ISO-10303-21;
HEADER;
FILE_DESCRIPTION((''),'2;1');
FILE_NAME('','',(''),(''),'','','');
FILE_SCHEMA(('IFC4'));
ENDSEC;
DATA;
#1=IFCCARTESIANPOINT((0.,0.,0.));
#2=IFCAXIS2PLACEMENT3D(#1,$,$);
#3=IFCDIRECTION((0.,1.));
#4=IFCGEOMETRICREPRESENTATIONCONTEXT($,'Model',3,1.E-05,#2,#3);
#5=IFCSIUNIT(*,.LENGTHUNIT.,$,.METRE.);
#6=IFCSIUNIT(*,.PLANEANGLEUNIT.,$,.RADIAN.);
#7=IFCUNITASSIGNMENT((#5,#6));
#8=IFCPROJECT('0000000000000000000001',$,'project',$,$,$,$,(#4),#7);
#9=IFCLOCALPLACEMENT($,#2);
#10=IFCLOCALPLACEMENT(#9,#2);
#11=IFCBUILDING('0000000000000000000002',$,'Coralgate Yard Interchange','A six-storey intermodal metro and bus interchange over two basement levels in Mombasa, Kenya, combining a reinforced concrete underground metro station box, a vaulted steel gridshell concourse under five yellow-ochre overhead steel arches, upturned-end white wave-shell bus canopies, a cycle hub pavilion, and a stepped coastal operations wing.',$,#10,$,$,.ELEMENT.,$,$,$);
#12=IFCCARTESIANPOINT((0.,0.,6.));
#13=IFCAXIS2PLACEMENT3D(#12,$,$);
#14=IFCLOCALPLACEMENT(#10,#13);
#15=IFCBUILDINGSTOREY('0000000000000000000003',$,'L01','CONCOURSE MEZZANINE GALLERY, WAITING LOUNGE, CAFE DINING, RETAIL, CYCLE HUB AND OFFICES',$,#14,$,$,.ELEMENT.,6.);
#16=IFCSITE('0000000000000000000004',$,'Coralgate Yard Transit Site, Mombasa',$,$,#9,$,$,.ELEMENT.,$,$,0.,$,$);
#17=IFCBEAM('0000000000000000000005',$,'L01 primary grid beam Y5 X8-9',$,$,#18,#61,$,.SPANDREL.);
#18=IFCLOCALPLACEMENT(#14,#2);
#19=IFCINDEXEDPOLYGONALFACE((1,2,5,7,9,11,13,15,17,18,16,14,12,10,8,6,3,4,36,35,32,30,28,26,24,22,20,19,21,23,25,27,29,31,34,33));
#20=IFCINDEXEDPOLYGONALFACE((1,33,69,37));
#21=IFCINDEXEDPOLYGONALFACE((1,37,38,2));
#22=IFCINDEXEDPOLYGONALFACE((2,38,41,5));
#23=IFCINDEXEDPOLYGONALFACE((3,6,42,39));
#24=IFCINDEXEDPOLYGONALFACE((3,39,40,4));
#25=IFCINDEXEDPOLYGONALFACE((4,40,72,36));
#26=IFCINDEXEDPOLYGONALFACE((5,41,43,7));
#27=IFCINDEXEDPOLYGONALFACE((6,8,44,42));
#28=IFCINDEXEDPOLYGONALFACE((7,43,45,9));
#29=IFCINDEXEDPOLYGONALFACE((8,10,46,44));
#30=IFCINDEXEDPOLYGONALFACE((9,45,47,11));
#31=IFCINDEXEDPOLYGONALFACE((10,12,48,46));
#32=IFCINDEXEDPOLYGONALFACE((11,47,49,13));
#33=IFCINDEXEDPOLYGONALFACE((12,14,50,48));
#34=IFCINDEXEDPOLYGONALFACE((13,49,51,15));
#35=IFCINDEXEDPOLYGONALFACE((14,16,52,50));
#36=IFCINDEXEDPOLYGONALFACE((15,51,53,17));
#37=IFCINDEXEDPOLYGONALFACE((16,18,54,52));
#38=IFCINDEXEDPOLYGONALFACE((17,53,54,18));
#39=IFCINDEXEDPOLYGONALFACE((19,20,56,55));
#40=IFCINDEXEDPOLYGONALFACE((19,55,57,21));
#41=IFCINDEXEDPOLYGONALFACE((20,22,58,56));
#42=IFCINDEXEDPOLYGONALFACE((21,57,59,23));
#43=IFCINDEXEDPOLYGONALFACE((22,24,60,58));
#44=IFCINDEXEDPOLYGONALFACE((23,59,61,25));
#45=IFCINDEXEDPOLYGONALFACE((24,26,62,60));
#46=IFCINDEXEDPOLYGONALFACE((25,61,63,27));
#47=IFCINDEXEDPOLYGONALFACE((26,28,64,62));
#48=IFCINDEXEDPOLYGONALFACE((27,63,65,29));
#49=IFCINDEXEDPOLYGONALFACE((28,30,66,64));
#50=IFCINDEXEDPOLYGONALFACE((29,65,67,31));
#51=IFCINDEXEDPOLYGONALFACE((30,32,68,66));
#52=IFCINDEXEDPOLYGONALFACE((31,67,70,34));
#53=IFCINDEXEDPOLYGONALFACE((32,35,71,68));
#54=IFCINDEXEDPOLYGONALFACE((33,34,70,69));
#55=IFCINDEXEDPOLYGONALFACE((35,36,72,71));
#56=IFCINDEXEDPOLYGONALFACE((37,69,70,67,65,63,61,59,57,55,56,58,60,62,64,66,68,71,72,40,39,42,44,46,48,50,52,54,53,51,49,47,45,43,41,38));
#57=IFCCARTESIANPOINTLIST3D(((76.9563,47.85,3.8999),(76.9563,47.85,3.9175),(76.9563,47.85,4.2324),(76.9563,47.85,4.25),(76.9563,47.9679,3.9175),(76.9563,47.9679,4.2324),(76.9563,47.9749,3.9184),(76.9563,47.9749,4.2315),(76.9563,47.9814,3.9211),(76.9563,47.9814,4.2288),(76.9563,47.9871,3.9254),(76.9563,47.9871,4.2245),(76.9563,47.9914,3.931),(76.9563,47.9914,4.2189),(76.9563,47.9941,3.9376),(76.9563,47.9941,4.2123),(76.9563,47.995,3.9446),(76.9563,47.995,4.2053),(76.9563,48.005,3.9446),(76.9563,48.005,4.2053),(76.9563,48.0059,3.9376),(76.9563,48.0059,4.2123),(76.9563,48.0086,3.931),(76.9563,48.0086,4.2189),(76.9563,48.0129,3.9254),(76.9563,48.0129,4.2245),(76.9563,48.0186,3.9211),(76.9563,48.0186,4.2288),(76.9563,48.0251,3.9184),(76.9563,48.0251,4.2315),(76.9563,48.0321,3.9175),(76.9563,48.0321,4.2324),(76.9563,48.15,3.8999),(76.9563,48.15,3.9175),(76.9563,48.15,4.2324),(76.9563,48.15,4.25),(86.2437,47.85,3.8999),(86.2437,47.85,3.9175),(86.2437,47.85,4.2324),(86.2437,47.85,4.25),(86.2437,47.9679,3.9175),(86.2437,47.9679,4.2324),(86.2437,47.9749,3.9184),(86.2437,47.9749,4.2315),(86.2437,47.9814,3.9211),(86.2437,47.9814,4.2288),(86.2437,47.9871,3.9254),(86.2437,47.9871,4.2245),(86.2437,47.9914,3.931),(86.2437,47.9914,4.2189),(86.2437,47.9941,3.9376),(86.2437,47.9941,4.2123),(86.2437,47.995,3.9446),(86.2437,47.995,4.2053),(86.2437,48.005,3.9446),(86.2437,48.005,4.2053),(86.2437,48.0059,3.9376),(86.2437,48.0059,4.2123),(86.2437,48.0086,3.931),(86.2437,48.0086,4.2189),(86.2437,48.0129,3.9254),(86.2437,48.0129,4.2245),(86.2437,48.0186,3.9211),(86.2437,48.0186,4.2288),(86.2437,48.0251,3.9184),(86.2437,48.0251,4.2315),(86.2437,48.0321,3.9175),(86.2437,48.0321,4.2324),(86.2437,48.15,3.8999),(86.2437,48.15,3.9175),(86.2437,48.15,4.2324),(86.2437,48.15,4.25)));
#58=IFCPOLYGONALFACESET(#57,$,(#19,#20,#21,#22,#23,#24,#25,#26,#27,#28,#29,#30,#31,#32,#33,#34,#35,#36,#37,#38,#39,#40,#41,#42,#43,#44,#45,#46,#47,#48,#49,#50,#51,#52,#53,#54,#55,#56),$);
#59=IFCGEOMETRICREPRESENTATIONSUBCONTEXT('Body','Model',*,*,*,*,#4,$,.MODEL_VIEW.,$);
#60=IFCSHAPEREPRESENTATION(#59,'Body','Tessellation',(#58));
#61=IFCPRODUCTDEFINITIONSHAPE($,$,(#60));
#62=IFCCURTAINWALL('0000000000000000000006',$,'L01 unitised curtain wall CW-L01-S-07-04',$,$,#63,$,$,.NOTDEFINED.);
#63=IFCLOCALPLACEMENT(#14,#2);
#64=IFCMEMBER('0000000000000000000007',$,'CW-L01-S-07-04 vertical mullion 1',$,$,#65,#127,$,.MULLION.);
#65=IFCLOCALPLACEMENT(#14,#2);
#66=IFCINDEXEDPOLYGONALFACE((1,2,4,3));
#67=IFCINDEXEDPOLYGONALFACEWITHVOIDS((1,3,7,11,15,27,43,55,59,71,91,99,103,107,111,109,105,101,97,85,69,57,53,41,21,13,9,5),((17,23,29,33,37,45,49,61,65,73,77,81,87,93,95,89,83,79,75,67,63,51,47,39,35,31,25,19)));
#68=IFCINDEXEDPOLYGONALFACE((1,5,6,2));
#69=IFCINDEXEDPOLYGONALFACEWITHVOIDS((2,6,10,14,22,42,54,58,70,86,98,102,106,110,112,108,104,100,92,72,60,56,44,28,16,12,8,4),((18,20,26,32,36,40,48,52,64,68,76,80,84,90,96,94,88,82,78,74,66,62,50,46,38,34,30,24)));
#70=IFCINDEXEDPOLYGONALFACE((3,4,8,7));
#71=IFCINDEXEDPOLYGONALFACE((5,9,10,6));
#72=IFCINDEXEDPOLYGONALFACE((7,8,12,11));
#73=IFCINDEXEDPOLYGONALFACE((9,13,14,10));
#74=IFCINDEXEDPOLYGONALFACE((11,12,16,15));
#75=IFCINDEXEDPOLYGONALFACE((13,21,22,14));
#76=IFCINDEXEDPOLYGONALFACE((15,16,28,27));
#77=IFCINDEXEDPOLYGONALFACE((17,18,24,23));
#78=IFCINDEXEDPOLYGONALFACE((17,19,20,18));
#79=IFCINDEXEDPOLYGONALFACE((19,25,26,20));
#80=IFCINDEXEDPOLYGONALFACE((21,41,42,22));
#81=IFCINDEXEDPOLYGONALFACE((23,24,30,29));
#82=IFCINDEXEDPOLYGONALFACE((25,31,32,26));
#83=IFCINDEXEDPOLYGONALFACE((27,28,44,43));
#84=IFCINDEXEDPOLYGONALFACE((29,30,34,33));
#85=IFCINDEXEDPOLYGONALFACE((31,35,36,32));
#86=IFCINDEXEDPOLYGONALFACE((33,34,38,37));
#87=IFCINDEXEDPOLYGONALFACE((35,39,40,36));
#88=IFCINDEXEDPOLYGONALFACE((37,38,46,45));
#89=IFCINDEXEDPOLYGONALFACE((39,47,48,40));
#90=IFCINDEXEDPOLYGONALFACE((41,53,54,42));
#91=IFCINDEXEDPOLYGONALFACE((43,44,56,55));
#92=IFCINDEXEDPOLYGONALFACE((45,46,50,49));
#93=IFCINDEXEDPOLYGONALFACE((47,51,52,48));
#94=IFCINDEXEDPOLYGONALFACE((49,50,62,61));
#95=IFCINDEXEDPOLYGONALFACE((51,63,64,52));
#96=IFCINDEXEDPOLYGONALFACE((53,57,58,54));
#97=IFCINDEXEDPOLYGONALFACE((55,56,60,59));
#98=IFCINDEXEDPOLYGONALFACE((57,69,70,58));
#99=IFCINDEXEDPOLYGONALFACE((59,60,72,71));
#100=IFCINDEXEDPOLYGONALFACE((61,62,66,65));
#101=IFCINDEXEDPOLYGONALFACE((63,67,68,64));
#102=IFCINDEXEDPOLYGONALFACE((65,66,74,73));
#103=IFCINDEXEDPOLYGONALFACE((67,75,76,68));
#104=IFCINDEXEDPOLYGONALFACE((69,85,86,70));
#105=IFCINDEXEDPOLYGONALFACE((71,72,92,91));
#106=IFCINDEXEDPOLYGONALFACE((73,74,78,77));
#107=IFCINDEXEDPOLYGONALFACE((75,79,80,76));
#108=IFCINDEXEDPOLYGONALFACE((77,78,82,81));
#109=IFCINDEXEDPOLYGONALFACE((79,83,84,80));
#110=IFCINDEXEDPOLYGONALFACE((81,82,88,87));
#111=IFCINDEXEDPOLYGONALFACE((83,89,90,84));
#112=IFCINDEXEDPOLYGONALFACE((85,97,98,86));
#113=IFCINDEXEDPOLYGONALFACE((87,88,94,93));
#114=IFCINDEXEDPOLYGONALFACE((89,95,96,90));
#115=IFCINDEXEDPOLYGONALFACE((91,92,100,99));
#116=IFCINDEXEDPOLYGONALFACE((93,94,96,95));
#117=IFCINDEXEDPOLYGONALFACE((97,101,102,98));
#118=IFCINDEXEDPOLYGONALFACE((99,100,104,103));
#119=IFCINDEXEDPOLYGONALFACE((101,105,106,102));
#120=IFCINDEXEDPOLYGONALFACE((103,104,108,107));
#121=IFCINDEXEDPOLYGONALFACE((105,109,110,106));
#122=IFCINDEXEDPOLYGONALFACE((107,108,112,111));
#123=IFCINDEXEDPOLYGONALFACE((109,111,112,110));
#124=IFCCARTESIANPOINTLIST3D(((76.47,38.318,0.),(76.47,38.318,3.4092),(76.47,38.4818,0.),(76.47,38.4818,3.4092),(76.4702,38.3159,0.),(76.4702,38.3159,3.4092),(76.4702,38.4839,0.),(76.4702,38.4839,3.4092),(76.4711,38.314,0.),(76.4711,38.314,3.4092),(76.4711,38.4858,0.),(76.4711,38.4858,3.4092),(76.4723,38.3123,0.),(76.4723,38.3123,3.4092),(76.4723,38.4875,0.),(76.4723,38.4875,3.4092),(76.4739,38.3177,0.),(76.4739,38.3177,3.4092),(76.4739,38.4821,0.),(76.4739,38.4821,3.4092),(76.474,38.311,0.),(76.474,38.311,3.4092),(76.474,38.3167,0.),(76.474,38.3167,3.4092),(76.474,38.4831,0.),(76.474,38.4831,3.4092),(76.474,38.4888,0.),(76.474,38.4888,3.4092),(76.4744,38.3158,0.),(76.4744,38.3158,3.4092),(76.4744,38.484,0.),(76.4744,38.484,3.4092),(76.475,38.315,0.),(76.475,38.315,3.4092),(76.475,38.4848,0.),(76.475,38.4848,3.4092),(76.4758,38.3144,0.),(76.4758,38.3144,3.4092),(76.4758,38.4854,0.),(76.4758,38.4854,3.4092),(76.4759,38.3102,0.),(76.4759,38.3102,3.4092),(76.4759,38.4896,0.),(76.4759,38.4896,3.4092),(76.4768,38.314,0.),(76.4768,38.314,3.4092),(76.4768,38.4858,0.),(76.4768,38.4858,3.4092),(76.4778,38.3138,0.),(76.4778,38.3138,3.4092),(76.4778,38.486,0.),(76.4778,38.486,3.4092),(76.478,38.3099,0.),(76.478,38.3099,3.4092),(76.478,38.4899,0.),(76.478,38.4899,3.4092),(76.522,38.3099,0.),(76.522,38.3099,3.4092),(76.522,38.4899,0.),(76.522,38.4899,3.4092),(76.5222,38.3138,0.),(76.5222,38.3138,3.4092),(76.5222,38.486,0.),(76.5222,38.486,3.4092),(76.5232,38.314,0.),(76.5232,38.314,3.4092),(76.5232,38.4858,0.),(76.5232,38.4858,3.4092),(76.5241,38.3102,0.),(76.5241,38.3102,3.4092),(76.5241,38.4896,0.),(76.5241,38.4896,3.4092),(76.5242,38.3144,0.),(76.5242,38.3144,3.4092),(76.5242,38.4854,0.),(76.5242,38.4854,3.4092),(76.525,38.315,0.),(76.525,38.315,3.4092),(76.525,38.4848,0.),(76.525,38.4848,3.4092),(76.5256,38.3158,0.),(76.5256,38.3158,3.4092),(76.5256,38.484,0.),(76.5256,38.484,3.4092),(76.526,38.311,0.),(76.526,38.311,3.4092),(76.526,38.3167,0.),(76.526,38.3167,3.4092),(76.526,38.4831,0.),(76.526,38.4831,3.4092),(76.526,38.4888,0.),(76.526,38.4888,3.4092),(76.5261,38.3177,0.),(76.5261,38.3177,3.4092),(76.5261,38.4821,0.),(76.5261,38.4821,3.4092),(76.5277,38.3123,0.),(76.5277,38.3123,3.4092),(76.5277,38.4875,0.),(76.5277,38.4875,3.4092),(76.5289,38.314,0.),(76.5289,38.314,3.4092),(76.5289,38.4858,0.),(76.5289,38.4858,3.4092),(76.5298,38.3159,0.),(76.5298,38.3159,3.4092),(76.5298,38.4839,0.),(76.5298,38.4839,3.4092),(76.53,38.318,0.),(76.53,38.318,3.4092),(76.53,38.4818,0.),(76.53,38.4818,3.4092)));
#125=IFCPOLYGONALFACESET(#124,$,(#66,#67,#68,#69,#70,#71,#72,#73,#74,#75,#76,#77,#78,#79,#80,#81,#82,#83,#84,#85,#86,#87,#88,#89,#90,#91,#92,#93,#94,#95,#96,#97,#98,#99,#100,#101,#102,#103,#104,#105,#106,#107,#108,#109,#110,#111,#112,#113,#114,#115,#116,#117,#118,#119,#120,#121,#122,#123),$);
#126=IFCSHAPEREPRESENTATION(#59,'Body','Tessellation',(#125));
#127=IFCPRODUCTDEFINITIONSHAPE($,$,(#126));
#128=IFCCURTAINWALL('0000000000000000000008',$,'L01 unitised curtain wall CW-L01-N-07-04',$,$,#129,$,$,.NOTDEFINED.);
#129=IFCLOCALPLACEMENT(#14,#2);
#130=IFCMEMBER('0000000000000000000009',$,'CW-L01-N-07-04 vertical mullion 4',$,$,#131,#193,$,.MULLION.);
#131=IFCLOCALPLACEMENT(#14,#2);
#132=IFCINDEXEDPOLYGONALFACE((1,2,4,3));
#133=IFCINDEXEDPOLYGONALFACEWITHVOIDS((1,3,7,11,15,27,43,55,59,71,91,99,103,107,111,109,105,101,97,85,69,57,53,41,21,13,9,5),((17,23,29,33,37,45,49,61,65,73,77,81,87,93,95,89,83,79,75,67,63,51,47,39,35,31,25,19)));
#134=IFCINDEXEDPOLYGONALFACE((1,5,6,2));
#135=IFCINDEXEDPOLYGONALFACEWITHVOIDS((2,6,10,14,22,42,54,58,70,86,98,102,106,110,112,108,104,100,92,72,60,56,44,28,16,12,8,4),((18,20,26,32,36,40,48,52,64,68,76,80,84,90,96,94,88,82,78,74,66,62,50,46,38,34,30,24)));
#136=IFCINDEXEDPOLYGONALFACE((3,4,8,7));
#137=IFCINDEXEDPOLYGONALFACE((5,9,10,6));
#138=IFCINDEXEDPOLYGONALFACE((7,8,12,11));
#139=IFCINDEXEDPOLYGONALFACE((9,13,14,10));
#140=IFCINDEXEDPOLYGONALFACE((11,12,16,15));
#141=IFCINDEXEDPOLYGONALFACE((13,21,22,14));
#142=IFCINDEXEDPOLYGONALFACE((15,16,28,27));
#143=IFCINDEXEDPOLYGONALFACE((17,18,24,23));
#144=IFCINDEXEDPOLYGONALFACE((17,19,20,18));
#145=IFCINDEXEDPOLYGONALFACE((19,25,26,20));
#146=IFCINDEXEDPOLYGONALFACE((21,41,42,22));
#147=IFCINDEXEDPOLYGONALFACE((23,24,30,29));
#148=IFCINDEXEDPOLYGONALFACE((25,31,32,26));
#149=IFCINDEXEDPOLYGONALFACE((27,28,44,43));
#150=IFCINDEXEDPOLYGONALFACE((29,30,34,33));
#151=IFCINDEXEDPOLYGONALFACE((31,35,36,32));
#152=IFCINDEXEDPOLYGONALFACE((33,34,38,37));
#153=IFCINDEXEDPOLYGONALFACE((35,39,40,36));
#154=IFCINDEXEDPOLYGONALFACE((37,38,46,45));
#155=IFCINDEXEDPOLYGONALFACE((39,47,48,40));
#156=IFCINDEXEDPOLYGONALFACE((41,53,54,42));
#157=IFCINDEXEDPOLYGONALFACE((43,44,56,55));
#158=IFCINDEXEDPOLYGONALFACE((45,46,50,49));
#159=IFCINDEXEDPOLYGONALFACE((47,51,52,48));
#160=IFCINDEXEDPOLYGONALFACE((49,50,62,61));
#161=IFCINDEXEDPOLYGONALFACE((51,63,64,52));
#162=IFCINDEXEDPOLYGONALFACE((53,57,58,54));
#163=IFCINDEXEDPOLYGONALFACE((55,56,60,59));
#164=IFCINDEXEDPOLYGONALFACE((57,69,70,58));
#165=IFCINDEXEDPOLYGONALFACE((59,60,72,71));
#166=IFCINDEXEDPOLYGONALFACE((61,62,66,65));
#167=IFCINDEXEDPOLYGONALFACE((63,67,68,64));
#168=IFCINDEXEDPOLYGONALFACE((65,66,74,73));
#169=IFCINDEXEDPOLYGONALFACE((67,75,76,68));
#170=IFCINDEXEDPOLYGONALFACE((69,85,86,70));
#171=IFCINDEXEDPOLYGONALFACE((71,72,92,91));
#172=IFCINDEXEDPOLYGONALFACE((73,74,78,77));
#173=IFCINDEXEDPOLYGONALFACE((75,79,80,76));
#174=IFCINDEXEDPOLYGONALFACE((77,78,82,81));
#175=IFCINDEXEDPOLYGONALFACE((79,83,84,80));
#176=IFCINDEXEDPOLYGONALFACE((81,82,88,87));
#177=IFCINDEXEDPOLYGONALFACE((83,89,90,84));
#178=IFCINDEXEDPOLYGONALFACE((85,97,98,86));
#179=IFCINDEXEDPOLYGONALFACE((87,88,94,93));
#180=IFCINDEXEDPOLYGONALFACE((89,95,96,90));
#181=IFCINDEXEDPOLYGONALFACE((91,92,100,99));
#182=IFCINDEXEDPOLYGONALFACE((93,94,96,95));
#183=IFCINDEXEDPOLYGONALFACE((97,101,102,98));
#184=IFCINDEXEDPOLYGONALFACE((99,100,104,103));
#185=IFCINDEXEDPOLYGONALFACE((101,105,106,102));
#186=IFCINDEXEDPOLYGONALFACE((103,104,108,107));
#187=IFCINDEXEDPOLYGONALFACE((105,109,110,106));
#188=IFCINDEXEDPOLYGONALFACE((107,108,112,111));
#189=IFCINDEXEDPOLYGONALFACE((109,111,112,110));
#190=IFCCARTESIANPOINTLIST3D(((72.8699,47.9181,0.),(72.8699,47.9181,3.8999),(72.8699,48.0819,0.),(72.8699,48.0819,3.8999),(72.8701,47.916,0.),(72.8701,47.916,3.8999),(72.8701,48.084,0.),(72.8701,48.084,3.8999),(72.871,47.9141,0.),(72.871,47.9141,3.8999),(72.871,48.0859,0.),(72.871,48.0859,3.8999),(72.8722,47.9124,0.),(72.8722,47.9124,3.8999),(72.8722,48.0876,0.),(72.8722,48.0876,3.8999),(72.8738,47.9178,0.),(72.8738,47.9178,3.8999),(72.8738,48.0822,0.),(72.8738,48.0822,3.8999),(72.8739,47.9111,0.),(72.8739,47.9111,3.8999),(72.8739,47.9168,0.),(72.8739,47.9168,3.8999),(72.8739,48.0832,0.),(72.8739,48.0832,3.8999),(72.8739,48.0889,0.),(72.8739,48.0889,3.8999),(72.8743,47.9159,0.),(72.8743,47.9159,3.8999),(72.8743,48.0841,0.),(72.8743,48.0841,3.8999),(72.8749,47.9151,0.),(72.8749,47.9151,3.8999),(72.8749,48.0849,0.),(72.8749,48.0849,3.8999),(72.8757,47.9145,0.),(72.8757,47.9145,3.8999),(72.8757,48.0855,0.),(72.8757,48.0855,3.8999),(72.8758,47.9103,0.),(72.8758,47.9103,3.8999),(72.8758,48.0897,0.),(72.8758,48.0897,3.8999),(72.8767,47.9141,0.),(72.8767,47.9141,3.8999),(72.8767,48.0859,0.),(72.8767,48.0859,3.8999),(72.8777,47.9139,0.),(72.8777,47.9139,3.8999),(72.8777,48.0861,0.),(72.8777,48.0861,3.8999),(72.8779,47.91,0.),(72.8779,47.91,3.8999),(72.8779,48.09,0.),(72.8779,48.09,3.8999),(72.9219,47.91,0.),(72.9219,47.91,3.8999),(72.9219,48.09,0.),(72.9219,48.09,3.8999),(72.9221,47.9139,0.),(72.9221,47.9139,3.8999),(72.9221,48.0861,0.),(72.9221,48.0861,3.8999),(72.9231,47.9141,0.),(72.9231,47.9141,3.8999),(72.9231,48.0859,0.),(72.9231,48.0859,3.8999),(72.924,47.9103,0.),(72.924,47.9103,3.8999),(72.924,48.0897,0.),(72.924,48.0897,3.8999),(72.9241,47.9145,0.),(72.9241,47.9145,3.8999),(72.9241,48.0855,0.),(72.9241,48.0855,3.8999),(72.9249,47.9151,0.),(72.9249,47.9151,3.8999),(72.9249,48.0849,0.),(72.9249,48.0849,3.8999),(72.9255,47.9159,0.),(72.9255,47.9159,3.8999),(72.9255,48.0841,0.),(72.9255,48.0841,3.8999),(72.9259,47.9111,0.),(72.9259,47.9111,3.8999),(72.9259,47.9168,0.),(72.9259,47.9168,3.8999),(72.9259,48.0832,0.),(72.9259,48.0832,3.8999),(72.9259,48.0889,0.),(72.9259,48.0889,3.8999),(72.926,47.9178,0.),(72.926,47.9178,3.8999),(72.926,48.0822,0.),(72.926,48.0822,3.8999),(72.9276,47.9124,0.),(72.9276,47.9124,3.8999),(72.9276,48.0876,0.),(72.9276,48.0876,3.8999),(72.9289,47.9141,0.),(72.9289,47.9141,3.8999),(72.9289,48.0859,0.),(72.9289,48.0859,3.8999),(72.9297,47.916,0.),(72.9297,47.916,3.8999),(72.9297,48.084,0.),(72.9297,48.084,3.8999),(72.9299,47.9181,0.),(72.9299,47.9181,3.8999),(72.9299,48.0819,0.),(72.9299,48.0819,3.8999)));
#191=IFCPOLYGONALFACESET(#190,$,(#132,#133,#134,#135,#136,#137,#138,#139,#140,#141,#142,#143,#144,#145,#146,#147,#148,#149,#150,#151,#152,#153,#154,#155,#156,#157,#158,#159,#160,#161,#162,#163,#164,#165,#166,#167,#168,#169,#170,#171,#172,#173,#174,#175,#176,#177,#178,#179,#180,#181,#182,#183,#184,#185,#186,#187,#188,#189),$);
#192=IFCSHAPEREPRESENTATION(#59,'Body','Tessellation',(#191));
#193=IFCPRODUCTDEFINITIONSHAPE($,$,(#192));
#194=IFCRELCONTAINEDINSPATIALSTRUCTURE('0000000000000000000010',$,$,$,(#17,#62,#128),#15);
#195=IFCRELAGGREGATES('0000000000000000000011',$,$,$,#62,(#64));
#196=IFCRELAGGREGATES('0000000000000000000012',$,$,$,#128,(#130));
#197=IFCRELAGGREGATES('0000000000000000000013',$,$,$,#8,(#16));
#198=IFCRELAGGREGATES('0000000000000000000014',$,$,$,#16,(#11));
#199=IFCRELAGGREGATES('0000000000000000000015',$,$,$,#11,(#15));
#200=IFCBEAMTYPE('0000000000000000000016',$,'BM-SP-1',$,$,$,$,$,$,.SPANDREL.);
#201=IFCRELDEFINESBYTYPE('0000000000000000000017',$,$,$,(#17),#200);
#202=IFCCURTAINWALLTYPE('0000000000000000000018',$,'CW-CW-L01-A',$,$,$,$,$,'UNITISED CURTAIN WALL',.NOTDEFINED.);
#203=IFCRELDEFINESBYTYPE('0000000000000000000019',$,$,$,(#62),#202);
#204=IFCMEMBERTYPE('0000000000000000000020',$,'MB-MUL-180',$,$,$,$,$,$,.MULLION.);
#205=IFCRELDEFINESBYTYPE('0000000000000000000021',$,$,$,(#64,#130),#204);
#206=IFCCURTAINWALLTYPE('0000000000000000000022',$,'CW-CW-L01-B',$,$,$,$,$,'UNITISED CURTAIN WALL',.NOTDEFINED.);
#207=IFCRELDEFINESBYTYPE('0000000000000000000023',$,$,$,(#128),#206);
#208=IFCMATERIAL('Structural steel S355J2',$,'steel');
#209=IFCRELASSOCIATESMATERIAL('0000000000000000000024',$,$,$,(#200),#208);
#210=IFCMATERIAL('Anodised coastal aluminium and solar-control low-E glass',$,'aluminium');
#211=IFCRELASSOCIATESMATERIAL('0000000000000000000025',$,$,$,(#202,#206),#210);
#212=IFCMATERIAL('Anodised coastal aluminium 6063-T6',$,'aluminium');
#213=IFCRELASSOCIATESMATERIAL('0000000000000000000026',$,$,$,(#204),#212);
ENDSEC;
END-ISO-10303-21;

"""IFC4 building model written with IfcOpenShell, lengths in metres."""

from ifc_helpers import new_model, si_unit, direction, frame, origin, origin_2d, place, context, subcontext, project, spatial, hollow_rectangle, i_section, extrude, material, material_profile, profile_set, type_object, element, aggregate, save


model = new_model("IFC4")

# Units and contexts
model_context = context("Model", 3, precision=1e-05, world=origin(), true_north=direction((0.0, 1.0)))
body_context = subcontext(model_context, "Body", "Model", "MODEL_VIEW")
ifc_project = project(units=[si_unit("LENGTHUNIT", "METRE"), si_unit("PLANEANGLEUNIT", "RADIAN")], contexts=[model_context])

# Site, building, storey
site_placement = place(None, origin())
site = spatial("IfcSite", under=ifc_project, at=site_placement, Name="Coralgate Yard Transit Site, Mombasa", CompositionType="ELEMENT", RefElevation=0.0)
building_placement = place(site_placement, origin())
building = spatial("IfcBuilding", under=site, at=building_placement, Name="Coralgate Yard Interchange", Description="A six-storey intermodal metro and bus interchange over two basement levels in Mombasa, Kenya, combining a reinforced concrete underground metro station box, a vaulted steel gridshell concourse under five yellow-ochre overhead steel arches, upturned-end white wave-shell bus canopies, a cycle hub pavilion, and a stepped coastal operations wing.", CompositionType="ELEMENT")
storey_placement = place(building_placement, frame((0.0, 0.0, 6.0)))
storey = spatial("IfcBuildingStorey", under=building, at=storey_placement, Name="L01", Description="CONCOURSE MEZZANINE GALLERY, WAITING LOUNGE, CAFE DINING, RETAIL, CYCLE HUB AND OFFICES", CompositionType="ELEMENT", Elevation=6.0)

# Shared definitions
ifc_material_1 = material(Name="Structural steel S355J2", Category="steel")

# Beam
ifc_material_profile_1 = material_profile(ifc_material_1, i_section(OverallWidth=0.3, OverallDepth=0.3501, WebThickness=0.01, FlangeThickness=0.0176, FilletRadius=0.0271, at=origin_2d()), Name="HEA 360")
ifc_profile_set_1 = profile_set([ifc_material_profile_1], Name="Structural steel S355J2")
beam_type_1 = type_object("IfcBeamType", Name="BM-SP-1", PredefinedType="SPANDREL", material=ifc_profile_set_1)
beam_1_placement = place(storey_placement, frame((76.9563, 48.0, 4.075), z_axis=(1.0, 0.0, 0.0), x_axis=(0.0, 1.0, 0.0)))
element("IfcBeam", 1, at=beam_1_placement, inside=storey, type_object=beam_type_1, Name="L01 primary grid beam Y5 X8-9", PredefinedType="SPANDREL", context=body_context, shape_type="SweptSolid", body=[
    extrude(i_section(OverallWidth=0.3, OverallDepth=0.3501, WebThickness=0.01, FlangeThickness=0.0176, FilletRadius=0.0271, at=origin_2d()), origin(), (0.0, 0.0, 1.0), 9.2874),
])

# Curtain wall, member
ifc_material_2 = material(Name="Anodised coastal aluminium and solar-control low-E glass", Category="aluminium")
curtain_wall_type_1 = type_object("IfcCurtainWallType", Name="CW-CW-L01-A", ElementType="UNITISED CURTAIN WALL", PredefinedType="NOTDEFINED", material=ifc_material_2)
curtain_wall_1_placement = place(storey_placement, origin())
curtain_wall_1 = element("IfcCurtainWall", 2, at=curtain_wall_1_placement, inside=storey, type_object=curtain_wall_type_1, Name="L01 unitised curtain wall CW-L01-S-07-04", PredefinedType="NOTDEFINED")
ifc_material_3 = material(Name="Anodised coastal aluminium 6063-T6", Category="aluminium")
ifc_material_profile_2 = material_profile(ifc_material_3, hollow_rectangle(XDim=0.0601, YDim=0.1799, WallThickness=0.0039, InnerFilletRadius=0.0039, OuterFilletRadius=0.0081, at=origin_2d()), Name="ALU 60x180x4")
ifc_profile_set_2 = profile_set([ifc_material_profile_2], Name="Anodised coastal aluminium 6063-T6")
member_type_1 = type_object("IfcMemberType", Name="MB-MUL-180", PredefinedType="MULLION", material=ifc_profile_set_2)
member_1_placement = place(storey_placement, frame((76.5, 38.3999, 0.0), z_axis=(0.0, 0.0, 1.0), x_axis=(1.0, 0.0, 0.0)))
member_1 = element("IfcMember", 3, at=member_1_placement, type_object=member_type_1, Name="CW-L01-S-07-04 vertical mullion 1", PredefinedType="MULLION", context=body_context, shape_type="SweptSolid", body=[
    extrude(hollow_rectangle(XDim=0.0601, YDim=0.1799, WallThickness=0.0039, InnerFilletRadius=0.0039, OuterFilletRadius=0.0081, at=origin_2d()), origin(), (0.0, 0.0, 1.0), 3.4092),
])

# Curtain wall, member
curtain_wall_type_2 = type_object("IfcCurtainWallType", Name="CW-CW-L01-B", ElementType="UNITISED CURTAIN WALL", PredefinedType="NOTDEFINED", material=ifc_material_2)
curtain_wall_2_placement = place(storey_placement, origin())
curtain_wall_2 = element("IfcCurtainWall", 4, at=curtain_wall_2_placement, inside=storey, type_object=curtain_wall_type_2, Name="L01 unitised curtain wall CW-L01-N-07-04", PredefinedType="NOTDEFINED")
member_2_placement = place(storey_placement, frame((72.8999, 48.0, 0.0), z_axis=(0.0, 0.0, 1.0), x_axis=(1.0, 0.0, 0.0)))
member_2 = element("IfcMember", 5, at=member_2_placement, type_object=member_type_1, Name="CW-L01-N-07-04 vertical mullion 4", PredefinedType="MULLION", context=body_context, shape_type="SweptSolid", body=[
    extrude(hollow_rectangle(XDim=0.0601, YDim=0.1799, WallThickness=0.0039, InnerFilletRadius=0.0039, OuterFilletRadius=0.0081, at=origin_2d()), origin(), (0.0, 0.0, 1.0), 3.8999),
])

aggregate(curtain_wall_1, [member_1])

aggregate(curtain_wall_2, [member_2])

save(model, "model.ifc")
